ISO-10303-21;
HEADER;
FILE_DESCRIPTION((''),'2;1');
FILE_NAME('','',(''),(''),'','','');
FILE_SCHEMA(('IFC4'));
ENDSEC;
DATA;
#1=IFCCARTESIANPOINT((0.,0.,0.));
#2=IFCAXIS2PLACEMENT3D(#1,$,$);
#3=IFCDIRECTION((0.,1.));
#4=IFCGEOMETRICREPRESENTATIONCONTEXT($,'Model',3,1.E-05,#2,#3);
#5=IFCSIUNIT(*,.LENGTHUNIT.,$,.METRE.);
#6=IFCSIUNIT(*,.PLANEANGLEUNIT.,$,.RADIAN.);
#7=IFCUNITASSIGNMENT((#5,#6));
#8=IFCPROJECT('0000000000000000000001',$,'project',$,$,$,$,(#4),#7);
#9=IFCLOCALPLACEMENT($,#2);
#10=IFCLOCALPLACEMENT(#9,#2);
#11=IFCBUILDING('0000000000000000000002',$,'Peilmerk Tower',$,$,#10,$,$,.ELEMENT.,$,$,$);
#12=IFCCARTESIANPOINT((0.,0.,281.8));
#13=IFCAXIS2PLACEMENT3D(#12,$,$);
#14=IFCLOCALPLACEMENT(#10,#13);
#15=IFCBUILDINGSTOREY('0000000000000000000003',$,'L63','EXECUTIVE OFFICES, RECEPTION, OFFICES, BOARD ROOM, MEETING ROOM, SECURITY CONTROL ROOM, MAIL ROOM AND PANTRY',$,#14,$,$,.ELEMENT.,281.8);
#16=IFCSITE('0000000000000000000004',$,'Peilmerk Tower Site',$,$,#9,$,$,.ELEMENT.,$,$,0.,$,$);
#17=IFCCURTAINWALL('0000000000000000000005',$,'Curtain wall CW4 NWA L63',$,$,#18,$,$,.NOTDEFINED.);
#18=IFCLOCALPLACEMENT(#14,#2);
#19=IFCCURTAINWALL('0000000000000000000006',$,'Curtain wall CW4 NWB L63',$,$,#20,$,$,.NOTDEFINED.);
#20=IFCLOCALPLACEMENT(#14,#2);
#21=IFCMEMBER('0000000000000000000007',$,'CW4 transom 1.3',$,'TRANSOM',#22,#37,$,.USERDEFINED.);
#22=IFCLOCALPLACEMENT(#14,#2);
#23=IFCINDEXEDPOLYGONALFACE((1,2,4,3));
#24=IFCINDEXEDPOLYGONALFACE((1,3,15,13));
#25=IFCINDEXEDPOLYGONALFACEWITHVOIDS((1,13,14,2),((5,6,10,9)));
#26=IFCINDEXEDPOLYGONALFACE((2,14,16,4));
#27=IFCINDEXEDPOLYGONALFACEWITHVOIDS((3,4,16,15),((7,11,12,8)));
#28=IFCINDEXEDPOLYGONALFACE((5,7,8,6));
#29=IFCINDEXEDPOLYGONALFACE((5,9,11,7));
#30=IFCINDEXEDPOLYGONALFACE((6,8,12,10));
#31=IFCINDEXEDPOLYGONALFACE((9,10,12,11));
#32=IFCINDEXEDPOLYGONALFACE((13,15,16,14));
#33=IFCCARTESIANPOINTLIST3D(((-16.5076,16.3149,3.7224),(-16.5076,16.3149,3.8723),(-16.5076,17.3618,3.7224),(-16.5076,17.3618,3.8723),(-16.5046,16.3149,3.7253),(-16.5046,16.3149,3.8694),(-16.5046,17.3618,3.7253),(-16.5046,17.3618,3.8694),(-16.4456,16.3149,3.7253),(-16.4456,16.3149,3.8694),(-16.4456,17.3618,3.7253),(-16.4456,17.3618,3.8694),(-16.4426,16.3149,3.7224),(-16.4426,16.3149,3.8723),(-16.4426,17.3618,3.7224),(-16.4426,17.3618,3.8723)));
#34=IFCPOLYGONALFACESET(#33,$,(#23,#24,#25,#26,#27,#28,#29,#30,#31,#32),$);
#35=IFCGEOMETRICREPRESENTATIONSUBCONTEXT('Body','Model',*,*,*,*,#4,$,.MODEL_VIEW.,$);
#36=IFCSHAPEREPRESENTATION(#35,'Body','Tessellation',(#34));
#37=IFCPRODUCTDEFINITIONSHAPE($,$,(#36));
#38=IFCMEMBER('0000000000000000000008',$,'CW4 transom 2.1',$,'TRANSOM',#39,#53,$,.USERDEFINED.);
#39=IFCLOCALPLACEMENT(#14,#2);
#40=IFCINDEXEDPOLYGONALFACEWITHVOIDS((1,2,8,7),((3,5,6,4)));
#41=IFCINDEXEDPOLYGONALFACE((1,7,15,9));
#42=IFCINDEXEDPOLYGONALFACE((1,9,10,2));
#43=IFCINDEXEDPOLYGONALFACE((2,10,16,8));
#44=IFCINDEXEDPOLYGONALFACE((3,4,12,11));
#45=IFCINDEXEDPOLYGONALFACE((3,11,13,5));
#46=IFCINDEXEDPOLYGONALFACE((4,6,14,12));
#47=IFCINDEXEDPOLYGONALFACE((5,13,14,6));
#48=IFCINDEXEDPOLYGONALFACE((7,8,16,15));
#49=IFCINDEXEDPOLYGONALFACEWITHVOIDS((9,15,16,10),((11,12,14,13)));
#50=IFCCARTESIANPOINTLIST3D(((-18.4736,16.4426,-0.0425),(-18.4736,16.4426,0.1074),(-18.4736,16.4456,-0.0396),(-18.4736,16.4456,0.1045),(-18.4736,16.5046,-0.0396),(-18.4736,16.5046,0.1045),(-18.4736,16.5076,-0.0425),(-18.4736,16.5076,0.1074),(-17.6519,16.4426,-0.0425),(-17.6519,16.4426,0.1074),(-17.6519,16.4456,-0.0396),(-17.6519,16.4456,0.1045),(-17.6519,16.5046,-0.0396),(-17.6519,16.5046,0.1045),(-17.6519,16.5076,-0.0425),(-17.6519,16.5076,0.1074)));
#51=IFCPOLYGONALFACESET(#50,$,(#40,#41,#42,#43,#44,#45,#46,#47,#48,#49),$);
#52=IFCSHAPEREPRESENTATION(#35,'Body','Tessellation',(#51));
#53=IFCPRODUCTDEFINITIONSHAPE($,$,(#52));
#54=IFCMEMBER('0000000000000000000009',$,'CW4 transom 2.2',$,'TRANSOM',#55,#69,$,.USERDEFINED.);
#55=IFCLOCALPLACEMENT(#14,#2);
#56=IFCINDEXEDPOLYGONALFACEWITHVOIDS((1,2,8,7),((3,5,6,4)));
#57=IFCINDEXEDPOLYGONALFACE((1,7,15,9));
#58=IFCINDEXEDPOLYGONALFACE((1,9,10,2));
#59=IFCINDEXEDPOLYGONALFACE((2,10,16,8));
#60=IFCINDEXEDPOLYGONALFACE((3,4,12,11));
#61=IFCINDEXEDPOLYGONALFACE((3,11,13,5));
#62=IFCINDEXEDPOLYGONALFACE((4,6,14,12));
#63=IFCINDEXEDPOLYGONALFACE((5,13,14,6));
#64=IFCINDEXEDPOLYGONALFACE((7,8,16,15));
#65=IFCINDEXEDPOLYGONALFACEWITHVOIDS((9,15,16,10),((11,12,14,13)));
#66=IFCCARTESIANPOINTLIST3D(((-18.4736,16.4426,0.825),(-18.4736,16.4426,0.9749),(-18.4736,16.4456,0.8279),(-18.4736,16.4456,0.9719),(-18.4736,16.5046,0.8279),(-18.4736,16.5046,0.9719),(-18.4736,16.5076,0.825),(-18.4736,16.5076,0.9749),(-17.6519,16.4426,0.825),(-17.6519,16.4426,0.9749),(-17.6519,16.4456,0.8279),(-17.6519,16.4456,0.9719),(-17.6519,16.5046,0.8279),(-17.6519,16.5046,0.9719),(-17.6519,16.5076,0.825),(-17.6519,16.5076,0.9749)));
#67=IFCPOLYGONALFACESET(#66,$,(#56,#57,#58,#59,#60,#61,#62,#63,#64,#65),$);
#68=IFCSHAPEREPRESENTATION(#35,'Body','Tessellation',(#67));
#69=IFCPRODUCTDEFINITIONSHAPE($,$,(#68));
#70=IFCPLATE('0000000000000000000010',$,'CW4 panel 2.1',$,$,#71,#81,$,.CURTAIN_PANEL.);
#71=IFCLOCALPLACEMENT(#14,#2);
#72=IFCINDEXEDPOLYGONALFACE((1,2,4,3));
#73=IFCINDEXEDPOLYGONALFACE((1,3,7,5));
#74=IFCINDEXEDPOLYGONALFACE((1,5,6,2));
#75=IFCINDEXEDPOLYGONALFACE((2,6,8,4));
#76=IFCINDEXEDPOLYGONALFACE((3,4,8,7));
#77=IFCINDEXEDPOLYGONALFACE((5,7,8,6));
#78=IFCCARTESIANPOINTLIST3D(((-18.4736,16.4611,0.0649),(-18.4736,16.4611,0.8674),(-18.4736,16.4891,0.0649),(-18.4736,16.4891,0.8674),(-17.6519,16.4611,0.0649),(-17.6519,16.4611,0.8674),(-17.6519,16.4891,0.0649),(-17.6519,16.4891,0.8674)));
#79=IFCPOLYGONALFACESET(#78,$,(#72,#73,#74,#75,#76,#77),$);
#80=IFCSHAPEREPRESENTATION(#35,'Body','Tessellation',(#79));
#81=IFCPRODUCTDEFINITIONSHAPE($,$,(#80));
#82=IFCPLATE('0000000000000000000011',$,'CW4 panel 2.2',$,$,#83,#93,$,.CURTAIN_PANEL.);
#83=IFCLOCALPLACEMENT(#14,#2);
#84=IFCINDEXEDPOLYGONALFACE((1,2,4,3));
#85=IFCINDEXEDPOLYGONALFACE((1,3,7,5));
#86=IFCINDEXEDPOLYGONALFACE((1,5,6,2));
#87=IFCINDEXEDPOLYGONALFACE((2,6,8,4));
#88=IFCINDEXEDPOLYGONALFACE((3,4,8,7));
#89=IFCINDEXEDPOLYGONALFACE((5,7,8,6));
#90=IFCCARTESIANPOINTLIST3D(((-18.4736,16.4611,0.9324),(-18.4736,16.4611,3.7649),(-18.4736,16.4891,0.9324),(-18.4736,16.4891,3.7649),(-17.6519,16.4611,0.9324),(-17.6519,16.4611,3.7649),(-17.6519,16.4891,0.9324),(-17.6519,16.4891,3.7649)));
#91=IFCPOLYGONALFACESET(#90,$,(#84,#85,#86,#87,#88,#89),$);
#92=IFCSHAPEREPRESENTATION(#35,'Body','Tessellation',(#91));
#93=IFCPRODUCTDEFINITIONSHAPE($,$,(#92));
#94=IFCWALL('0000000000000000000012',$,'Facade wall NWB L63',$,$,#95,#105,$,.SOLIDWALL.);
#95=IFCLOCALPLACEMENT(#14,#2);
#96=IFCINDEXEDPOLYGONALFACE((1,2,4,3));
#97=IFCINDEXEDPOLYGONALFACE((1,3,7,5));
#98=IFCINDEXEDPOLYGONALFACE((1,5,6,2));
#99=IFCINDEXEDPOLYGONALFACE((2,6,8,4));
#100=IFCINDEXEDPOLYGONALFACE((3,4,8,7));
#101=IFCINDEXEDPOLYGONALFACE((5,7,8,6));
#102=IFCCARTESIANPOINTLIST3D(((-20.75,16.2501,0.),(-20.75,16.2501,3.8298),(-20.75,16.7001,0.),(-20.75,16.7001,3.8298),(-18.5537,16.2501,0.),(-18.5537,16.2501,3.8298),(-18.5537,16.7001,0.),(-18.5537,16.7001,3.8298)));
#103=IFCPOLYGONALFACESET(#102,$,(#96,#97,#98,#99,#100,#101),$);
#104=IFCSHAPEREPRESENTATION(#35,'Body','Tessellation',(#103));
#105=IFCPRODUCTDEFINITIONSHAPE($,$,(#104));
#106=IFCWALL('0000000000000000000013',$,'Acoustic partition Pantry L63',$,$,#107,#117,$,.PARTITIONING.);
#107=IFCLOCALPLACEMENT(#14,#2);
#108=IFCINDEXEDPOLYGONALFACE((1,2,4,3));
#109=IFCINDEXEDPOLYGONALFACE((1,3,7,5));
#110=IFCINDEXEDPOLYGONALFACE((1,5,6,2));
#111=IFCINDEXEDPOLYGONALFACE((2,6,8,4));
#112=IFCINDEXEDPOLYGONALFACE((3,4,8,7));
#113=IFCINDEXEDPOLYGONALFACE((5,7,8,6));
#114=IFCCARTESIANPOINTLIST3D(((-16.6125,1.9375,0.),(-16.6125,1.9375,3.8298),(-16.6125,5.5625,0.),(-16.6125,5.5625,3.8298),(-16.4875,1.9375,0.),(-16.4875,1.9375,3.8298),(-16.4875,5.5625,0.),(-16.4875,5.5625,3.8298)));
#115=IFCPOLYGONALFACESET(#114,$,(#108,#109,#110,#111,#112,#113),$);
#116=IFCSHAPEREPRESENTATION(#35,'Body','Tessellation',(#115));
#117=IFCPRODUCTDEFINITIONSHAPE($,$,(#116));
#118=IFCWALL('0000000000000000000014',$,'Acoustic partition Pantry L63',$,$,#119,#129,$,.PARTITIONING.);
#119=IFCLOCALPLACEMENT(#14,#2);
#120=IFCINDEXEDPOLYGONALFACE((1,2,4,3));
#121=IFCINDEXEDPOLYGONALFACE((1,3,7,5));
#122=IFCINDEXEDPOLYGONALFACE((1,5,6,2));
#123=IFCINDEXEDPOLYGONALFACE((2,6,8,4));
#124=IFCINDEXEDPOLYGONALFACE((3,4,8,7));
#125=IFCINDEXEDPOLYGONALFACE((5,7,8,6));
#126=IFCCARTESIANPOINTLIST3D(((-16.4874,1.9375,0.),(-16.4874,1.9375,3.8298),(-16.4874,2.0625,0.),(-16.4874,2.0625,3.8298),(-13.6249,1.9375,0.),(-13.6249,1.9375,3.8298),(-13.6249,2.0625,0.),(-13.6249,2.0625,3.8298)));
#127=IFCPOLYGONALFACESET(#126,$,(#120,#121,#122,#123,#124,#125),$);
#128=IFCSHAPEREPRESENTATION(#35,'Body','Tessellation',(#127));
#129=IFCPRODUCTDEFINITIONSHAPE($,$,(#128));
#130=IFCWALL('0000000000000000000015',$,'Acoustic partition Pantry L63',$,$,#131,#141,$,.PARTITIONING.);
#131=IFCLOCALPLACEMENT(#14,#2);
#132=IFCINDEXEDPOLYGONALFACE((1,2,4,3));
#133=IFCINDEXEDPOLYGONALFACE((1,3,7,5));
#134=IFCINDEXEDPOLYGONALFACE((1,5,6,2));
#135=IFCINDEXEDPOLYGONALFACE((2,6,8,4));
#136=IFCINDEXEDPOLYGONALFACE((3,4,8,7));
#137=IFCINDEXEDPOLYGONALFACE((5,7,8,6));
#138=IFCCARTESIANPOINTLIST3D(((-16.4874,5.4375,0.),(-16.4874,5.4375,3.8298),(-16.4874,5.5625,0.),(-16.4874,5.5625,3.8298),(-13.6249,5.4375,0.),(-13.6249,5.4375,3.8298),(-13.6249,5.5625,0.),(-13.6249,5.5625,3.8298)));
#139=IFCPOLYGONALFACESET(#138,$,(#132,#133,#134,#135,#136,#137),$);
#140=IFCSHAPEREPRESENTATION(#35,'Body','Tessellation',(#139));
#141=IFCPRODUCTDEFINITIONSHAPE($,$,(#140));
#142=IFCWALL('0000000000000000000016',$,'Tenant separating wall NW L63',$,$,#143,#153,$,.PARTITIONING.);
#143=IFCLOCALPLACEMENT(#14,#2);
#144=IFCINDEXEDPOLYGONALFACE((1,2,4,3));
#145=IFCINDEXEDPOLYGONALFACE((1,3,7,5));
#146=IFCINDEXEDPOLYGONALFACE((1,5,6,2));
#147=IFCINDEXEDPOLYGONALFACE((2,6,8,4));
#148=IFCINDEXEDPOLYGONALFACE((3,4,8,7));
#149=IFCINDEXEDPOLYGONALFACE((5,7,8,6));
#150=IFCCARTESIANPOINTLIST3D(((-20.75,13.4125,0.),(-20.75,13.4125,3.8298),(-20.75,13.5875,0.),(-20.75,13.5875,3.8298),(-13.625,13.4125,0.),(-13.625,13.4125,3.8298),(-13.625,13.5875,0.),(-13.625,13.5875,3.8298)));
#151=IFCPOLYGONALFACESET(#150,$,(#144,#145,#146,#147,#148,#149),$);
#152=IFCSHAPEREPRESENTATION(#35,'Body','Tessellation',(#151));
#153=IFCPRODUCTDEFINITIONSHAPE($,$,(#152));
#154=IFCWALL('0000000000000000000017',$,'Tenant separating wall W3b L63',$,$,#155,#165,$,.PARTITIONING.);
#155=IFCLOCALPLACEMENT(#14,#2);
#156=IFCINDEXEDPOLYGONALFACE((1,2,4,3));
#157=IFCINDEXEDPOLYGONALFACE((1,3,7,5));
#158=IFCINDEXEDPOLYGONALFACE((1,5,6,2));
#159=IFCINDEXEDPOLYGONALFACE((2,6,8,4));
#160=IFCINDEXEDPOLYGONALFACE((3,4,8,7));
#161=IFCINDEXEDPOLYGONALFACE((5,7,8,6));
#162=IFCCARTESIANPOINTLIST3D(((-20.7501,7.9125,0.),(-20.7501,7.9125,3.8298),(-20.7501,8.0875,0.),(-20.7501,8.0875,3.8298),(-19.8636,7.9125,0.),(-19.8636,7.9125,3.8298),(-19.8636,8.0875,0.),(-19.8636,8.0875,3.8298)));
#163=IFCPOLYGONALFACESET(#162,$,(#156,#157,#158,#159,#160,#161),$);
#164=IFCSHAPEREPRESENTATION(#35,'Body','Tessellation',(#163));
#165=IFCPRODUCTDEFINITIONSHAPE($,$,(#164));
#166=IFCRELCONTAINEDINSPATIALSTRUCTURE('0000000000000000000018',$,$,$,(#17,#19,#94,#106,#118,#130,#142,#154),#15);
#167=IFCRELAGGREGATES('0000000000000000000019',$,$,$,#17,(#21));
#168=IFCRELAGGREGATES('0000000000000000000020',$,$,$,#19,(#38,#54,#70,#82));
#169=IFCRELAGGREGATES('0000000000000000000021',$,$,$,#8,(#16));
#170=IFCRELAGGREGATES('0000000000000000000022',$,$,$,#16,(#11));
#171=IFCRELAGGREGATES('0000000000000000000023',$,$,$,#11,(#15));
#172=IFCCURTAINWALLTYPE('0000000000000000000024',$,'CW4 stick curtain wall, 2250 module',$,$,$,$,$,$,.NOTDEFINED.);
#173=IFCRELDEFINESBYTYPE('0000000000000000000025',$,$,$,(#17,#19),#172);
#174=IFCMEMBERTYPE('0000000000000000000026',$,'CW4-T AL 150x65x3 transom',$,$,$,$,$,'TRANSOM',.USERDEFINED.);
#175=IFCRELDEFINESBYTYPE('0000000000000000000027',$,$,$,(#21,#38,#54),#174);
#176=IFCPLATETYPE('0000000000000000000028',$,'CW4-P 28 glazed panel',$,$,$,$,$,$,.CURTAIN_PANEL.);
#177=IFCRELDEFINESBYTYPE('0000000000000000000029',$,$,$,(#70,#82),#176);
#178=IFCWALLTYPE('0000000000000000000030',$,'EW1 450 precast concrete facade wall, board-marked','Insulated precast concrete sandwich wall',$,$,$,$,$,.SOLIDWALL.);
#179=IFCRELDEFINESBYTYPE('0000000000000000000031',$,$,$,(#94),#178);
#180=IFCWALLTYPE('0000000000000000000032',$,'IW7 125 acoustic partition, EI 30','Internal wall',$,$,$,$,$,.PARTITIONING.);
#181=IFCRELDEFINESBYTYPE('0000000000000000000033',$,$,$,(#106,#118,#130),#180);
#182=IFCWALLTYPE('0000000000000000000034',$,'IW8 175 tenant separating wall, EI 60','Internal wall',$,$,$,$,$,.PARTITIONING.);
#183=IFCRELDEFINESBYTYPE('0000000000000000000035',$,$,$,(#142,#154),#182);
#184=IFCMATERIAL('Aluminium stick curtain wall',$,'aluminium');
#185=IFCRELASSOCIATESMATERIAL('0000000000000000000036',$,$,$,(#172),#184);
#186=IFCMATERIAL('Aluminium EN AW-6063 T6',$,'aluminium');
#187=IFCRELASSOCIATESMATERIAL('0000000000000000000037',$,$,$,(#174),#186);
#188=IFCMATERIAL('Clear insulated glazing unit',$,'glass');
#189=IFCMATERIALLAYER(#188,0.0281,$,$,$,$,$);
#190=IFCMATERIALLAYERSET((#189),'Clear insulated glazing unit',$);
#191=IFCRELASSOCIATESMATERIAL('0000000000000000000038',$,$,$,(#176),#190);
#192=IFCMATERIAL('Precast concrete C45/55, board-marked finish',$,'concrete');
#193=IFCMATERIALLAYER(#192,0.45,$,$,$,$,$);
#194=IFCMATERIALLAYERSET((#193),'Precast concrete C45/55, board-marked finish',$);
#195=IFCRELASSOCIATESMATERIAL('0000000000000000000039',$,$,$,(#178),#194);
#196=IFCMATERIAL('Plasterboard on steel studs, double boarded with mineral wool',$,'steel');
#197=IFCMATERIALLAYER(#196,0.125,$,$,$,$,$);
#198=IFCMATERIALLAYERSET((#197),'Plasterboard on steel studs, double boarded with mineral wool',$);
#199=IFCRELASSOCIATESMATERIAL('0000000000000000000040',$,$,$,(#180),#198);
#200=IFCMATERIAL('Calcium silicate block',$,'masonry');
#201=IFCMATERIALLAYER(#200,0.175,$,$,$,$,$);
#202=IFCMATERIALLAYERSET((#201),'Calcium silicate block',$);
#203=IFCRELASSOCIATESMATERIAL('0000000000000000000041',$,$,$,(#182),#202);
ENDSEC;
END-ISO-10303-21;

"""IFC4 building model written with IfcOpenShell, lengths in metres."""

from ifc_helpers import new_model, si_unit, direction, frame, frame_2d, origin, origin_2d, place, context, subcontext, project, spatial, rectangle, hollow_rectangle, extrude, material, layer, layer_set, material_profile, profile_set, type_object, element, aggregate, save


model = new_model("IFC4")

# Units and contexts
model_context = context("Model", 3, precision=1e-05, world=origin(), true_north=direction((0.0, 1.0)))
body_context = subcontext(model_context, "Body", "Model", "MODEL_VIEW")
ifc_project = project(units=[si_unit("LENGTHUNIT", "METRE"), si_unit("PLANEANGLEUNIT", "RADIAN")], contexts=[model_context])

# Site, building, storey
site_placement = place(None, origin())
site = spatial("IfcSite", under=ifc_project, at=site_placement, Name="Peilmerk Tower Site", CompositionType="ELEMENT", RefElevation=0.0)
building_placement = place(site_placement, origin())
building = spatial("IfcBuilding", under=site, at=building_placement, Name="Peilmerk Tower", CompositionType="ELEMENT")
storey_placement = place(building_placement, frame((0.0, 0.0, 281.8)))
storey = spatial("IfcBuildingStorey", under=building, at=storey_placement, Name="L63", Description="EXECUTIVE OFFICES, RECEPTION, OFFICES, BOARD ROOM, MEETING ROOM, SECURITY CONTROL ROOM, MAIL ROOM AND PANTRY", CompositionType="ELEMENT", Elevation=281.8)

# Curtain walls
ifc_material_1 = material(Name="Aluminium stick curtain wall", Category="aluminium")
curtain_wall_type = type_object("IfcCurtainWallType", Name="CW4 stick curtain wall, 2250 module", PredefinedType="NOTDEFINED", material=ifc_material_1)
curtain_wall_1_placement = place(storey_placement, origin())
curtain_wall_1 = element("IfcCurtainWall", 1, at=curtain_wall_1_placement, inside=storey, type_object=curtain_wall_type, Name="Curtain wall CW4 NWA L63", PredefinedType="NOTDEFINED")
ifc_material_2 = material(Name="Aluminium EN AW-6063 T6", Category="aluminium")
curtain_wall_2_placement = place(storey_placement, origin())
curtain_wall_2 = element("IfcCurtainWall", 2, at=curtain_wall_2_placement, inside=storey, type_object=curtain_wall_type, Name="Curtain wall CW4 NWB L63", PredefinedType="NOTDEFINED")

# Members
ifc_material_profile_1 = material_profile(ifc_material_2, hollow_rectangle(XDim=0.0649, YDim=0.1499, WallThickness=0.0029, at=origin_2d()), Name="AL 150x65x3")
ifc_profile_set_1 = profile_set([ifc_material_profile_1], Name="Aluminium EN AW-6063 T6")
member_type_1 = type_object("IfcMemberType", Name="CW4-T AL 150x65x3 transom", ElementType="TRANSOM", PredefinedType="USERDEFINED", material=ifc_profile_set_1)
member_1_placement = place(storey_placement, frame((-16.4751, 16.3149, 3.7974), z_axis=(0.0, 1.0, 0.0), x_axis=(-1.0, 0.0, 0.0)))
member_1 = element("IfcMember", 3, at=member_1_placement, type_object=member_type_1, Name="CW4 transom 1.3", ObjectType="TRANSOM", PredefinedType="USERDEFINED", context=body_context, shape_type="SweptSolid", body=[
    extrude(hollow_rectangle(XDim=0.0649, YDim=0.1499, WallThickness=0.0029, at=origin_2d()), origin(), (0.0, 0.0, 1.0), 1.0469),
])
aggregate(curtain_wall_1, [member_1])
member_2_placement = place(storey_placement, frame((-17.6519, 16.4751, 0.0325), z_axis=(-1.0, 0.0, 0.0), x_axis=(0.0, -1.0, 0.0)))
member_2 = element("IfcMember", 4, at=member_2_placement, type_object=member_type_1, Name="CW4 transom 2.1", ObjectType="TRANSOM", PredefinedType="USERDEFINED", context=body_context, shape_type="SweptSolid", body=[
    extrude(hollow_rectangle(XDim=0.0649, YDim=0.1499, WallThickness=0.0029, at=origin_2d()), origin(), (0.0, 0.0, 1.0), 0.8218),
])
member_3_placement = place(storey_placement, frame((-17.6519, 16.4751, 0.8999), z_axis=(-1.0, 0.0, 0.0), x_axis=(0.0, -1.0, 0.0)))
member_3 = element("IfcMember", 5, at=member_3_placement, type_object=member_type_1, Name="CW4 transom 2.2", ObjectType="TRANSOM", PredefinedType="USERDEFINED", context=body_context, shape_type="SweptSolid", body=[
    extrude(hollow_rectangle(XDim=0.0649, YDim=0.1499, WallThickness=0.0029, at=origin_2d()), origin(), (0.0, 0.0, 1.0), 0.8218),
])

# Plates
ifc_material_3 = material(Name="Clear insulated glazing unit", Category="glass")
ifc_layer_1 = layer(ifc_material_3, 0.0281)
ifc_layer_set_1 = layer_set([ifc_layer_1], Name="Clear insulated glazing unit")
plate_type = type_object("IfcPlateType", Name="CW4-P 28 glazed panel", PredefinedType="CURTAIN_PANEL", material=ifc_layer_set_1)
plate_1_placement = place(storey_placement, frame((-18.0627, 16.4751, 0.0649), z_axis=(0.0, 0.0, 1.0), x_axis=(-1.0, 0.0, 0.0)))
plate_1 = element("IfcPlate", 6, at=plate_1_placement, type_object=plate_type, Name="CW4 panel 2.1", PredefinedType="CURTAIN_PANEL", context=body_context, shape_type="SweptSolid", body=[
    extrude(rectangle(XDim=0.8218, YDim=0.0281, at=origin_2d()), origin(), (0.0, 0.0, 1.0), 0.8025),
])
plate_2_placement = place(storey_placement, frame((-18.0627, 16.4751, 0.9324), z_axis=(0.0, 0.0, 1.0), x_axis=(-1.0, 0.0, 0.0)))
plate_2 = element("IfcPlate", 7, at=plate_2_placement, type_object=plate_type, Name="CW4 panel 2.2", PredefinedType="CURTAIN_PANEL", context=body_context, shape_type="SweptSolid", body=[
    extrude(rectangle(XDim=0.8218, YDim=0.0281, at=origin_2d()), origin(), (0.0, 0.0, 1.0), 2.8325),
])
aggregate(curtain_wall_2, [member_2, member_3, plate_1, plate_2])

# Walls
ifc_material_4 = material(Name="Precast concrete C45/55, board-marked finish", Category="concrete")
ifc_layer_2 = layer(ifc_material_4, 0.45)
ifc_layer_set_2 = layer_set([ifc_layer_2], Name="Precast concrete C45/55, board-marked finish")
wall_type_1 = type_object("IfcWallType", Name="EW1 450 precast concrete facade wall, board-marked", Description="Insulated precast concrete sandwich wall", PredefinedType="SOLIDWALL", material=ifc_layer_set_2)
wall_1_placement = place(storey_placement, frame((-18.5537, 16.4751, 0.0), z_axis=(0.0, 0.0, 1.0), x_axis=(-1.0, 0.0, 0.0)))
element("IfcWall", 8, at=wall_1_placement, inside=storey, type_object=wall_type_1, Name="Facade wall NWB L63", PredefinedType="SOLIDWALL", context=body_context, shape_type="SweptSolid", body=[
    extrude(rectangle(XDim=2.1963, YDim=0.45, at=frame_2d((1.0981, 0.0))), origin(), (0.0, 0.0, 1.0), 3.8298),
])
ifc_material_5 = material(Name="Plasterboard on steel studs, double boarded with mineral wool", Category="steel")
ifc_layer_3 = layer(ifc_material_5, 0.125)
ifc_layer_set_3 = layer_set([ifc_layer_3], Name="Plasterboard on steel studs, double boarded with mineral wool")
wall_type_2 = type_object("IfcWallType", Name="IW7 125 acoustic partition, EI 30", Description="Internal wall", PredefinedType="PARTITIONING", material=ifc_layer_set_3)
wall_2_placement = place(storey_placement, frame((-16.55, 1.9375, 0.0), z_axis=(0.0, 0.0, 1.0), x_axis=(0.0, 1.0, 0.0)))
element("IfcWall", 9, at=wall_2_placement, inside=storey, type_object=wall_type_2, Name="Acoustic partition Pantry L63", PredefinedType="PARTITIONING", context=body_context, shape_type="SweptSolid", body=[
    extrude(rectangle(XDim=3.625, YDim=0.125, at=frame_2d((1.8125, 0.0))), origin(), (0.0, 0.0, 1.0), 3.8298),
])
for number, where, z_axis, x_axis, name in (
    (10, (-13.625, 2.0, 0.0), (0.0, 0.0, 1.0), (-1.0, 0.0, 0.0), "Acoustic partition Pantry L63"),
    (11, (-13.625, 5.5, 0.0), (0.0, 0.0, 1.0), (-1.0, 0.0, 0.0), "Acoustic partition Pantry L63"),
):
    element("IfcWall", number, at=place(storey_placement, frame(where, z_axis=z_axis, x_axis=x_axis)), inside=storey, type_object=wall_type_2, Name=name, PredefinedType="PARTITIONING", context=body_context, shape_type="SweptSolid", body=[
        extrude(rectangle(XDim=2.8625, YDim=0.125, at=frame_2d((1.4312, 0.0))), origin(), (0.0, 0.0, 1.0), 3.8298),
    ])
ifc_material_6 = material(Name="Calcium silicate block", Category="masonry")
ifc_layer_4 = layer(ifc_material_6, 0.175)
ifc_layer_set_4 = layer_set([ifc_layer_4], Name="Calcium silicate block")
wall_type_3 = type_object("IfcWallType", Name="IW8 175 tenant separating wall, EI 60", Description="Internal wall", PredefinedType="PARTITIONING", material=ifc_layer_set_4)
wall_3_placement = place(storey_placement, frame((-20.75, 13.5, 0.0), z_axis=(0.0, 0.0, 1.0), x_axis=(1.0, 0.0, 0.0)))
element("IfcWall", 12, at=wall_3_placement, inside=storey, type_object=wall_type_3, Name="Tenant separating wall NW L63", PredefinedType="PARTITIONING", context=body_context, shape_type="SweptSolid", body=[
    extrude(rectangle(XDim=7.125, YDim=0.175, at=frame_2d((3.5625, 0.0))), origin(), (0.0, 0.0, 1.0), 3.8298),
])
wall_4_placement = place(storey_placement, frame((-19.8635, 8.0, 0.0), z_axis=(0.0, 0.0, 1.0), x_axis=(-1.0, 0.0, 0.0)))
element("IfcWall", 13, at=wall_4_placement, inside=storey, type_object=wall_type_3, Name="Tenant separating wall W3b L63", PredefinedType="PARTITIONING", context=body_context, shape_type="SweptSolid", body=[
    extrude(rectangle(XDim=0.8865, YDim=0.175, at=frame_2d((0.4434, 0.0))), origin(), (0.0, 0.0, 1.0), 3.8298),
])

save(model, "model.ifc")
